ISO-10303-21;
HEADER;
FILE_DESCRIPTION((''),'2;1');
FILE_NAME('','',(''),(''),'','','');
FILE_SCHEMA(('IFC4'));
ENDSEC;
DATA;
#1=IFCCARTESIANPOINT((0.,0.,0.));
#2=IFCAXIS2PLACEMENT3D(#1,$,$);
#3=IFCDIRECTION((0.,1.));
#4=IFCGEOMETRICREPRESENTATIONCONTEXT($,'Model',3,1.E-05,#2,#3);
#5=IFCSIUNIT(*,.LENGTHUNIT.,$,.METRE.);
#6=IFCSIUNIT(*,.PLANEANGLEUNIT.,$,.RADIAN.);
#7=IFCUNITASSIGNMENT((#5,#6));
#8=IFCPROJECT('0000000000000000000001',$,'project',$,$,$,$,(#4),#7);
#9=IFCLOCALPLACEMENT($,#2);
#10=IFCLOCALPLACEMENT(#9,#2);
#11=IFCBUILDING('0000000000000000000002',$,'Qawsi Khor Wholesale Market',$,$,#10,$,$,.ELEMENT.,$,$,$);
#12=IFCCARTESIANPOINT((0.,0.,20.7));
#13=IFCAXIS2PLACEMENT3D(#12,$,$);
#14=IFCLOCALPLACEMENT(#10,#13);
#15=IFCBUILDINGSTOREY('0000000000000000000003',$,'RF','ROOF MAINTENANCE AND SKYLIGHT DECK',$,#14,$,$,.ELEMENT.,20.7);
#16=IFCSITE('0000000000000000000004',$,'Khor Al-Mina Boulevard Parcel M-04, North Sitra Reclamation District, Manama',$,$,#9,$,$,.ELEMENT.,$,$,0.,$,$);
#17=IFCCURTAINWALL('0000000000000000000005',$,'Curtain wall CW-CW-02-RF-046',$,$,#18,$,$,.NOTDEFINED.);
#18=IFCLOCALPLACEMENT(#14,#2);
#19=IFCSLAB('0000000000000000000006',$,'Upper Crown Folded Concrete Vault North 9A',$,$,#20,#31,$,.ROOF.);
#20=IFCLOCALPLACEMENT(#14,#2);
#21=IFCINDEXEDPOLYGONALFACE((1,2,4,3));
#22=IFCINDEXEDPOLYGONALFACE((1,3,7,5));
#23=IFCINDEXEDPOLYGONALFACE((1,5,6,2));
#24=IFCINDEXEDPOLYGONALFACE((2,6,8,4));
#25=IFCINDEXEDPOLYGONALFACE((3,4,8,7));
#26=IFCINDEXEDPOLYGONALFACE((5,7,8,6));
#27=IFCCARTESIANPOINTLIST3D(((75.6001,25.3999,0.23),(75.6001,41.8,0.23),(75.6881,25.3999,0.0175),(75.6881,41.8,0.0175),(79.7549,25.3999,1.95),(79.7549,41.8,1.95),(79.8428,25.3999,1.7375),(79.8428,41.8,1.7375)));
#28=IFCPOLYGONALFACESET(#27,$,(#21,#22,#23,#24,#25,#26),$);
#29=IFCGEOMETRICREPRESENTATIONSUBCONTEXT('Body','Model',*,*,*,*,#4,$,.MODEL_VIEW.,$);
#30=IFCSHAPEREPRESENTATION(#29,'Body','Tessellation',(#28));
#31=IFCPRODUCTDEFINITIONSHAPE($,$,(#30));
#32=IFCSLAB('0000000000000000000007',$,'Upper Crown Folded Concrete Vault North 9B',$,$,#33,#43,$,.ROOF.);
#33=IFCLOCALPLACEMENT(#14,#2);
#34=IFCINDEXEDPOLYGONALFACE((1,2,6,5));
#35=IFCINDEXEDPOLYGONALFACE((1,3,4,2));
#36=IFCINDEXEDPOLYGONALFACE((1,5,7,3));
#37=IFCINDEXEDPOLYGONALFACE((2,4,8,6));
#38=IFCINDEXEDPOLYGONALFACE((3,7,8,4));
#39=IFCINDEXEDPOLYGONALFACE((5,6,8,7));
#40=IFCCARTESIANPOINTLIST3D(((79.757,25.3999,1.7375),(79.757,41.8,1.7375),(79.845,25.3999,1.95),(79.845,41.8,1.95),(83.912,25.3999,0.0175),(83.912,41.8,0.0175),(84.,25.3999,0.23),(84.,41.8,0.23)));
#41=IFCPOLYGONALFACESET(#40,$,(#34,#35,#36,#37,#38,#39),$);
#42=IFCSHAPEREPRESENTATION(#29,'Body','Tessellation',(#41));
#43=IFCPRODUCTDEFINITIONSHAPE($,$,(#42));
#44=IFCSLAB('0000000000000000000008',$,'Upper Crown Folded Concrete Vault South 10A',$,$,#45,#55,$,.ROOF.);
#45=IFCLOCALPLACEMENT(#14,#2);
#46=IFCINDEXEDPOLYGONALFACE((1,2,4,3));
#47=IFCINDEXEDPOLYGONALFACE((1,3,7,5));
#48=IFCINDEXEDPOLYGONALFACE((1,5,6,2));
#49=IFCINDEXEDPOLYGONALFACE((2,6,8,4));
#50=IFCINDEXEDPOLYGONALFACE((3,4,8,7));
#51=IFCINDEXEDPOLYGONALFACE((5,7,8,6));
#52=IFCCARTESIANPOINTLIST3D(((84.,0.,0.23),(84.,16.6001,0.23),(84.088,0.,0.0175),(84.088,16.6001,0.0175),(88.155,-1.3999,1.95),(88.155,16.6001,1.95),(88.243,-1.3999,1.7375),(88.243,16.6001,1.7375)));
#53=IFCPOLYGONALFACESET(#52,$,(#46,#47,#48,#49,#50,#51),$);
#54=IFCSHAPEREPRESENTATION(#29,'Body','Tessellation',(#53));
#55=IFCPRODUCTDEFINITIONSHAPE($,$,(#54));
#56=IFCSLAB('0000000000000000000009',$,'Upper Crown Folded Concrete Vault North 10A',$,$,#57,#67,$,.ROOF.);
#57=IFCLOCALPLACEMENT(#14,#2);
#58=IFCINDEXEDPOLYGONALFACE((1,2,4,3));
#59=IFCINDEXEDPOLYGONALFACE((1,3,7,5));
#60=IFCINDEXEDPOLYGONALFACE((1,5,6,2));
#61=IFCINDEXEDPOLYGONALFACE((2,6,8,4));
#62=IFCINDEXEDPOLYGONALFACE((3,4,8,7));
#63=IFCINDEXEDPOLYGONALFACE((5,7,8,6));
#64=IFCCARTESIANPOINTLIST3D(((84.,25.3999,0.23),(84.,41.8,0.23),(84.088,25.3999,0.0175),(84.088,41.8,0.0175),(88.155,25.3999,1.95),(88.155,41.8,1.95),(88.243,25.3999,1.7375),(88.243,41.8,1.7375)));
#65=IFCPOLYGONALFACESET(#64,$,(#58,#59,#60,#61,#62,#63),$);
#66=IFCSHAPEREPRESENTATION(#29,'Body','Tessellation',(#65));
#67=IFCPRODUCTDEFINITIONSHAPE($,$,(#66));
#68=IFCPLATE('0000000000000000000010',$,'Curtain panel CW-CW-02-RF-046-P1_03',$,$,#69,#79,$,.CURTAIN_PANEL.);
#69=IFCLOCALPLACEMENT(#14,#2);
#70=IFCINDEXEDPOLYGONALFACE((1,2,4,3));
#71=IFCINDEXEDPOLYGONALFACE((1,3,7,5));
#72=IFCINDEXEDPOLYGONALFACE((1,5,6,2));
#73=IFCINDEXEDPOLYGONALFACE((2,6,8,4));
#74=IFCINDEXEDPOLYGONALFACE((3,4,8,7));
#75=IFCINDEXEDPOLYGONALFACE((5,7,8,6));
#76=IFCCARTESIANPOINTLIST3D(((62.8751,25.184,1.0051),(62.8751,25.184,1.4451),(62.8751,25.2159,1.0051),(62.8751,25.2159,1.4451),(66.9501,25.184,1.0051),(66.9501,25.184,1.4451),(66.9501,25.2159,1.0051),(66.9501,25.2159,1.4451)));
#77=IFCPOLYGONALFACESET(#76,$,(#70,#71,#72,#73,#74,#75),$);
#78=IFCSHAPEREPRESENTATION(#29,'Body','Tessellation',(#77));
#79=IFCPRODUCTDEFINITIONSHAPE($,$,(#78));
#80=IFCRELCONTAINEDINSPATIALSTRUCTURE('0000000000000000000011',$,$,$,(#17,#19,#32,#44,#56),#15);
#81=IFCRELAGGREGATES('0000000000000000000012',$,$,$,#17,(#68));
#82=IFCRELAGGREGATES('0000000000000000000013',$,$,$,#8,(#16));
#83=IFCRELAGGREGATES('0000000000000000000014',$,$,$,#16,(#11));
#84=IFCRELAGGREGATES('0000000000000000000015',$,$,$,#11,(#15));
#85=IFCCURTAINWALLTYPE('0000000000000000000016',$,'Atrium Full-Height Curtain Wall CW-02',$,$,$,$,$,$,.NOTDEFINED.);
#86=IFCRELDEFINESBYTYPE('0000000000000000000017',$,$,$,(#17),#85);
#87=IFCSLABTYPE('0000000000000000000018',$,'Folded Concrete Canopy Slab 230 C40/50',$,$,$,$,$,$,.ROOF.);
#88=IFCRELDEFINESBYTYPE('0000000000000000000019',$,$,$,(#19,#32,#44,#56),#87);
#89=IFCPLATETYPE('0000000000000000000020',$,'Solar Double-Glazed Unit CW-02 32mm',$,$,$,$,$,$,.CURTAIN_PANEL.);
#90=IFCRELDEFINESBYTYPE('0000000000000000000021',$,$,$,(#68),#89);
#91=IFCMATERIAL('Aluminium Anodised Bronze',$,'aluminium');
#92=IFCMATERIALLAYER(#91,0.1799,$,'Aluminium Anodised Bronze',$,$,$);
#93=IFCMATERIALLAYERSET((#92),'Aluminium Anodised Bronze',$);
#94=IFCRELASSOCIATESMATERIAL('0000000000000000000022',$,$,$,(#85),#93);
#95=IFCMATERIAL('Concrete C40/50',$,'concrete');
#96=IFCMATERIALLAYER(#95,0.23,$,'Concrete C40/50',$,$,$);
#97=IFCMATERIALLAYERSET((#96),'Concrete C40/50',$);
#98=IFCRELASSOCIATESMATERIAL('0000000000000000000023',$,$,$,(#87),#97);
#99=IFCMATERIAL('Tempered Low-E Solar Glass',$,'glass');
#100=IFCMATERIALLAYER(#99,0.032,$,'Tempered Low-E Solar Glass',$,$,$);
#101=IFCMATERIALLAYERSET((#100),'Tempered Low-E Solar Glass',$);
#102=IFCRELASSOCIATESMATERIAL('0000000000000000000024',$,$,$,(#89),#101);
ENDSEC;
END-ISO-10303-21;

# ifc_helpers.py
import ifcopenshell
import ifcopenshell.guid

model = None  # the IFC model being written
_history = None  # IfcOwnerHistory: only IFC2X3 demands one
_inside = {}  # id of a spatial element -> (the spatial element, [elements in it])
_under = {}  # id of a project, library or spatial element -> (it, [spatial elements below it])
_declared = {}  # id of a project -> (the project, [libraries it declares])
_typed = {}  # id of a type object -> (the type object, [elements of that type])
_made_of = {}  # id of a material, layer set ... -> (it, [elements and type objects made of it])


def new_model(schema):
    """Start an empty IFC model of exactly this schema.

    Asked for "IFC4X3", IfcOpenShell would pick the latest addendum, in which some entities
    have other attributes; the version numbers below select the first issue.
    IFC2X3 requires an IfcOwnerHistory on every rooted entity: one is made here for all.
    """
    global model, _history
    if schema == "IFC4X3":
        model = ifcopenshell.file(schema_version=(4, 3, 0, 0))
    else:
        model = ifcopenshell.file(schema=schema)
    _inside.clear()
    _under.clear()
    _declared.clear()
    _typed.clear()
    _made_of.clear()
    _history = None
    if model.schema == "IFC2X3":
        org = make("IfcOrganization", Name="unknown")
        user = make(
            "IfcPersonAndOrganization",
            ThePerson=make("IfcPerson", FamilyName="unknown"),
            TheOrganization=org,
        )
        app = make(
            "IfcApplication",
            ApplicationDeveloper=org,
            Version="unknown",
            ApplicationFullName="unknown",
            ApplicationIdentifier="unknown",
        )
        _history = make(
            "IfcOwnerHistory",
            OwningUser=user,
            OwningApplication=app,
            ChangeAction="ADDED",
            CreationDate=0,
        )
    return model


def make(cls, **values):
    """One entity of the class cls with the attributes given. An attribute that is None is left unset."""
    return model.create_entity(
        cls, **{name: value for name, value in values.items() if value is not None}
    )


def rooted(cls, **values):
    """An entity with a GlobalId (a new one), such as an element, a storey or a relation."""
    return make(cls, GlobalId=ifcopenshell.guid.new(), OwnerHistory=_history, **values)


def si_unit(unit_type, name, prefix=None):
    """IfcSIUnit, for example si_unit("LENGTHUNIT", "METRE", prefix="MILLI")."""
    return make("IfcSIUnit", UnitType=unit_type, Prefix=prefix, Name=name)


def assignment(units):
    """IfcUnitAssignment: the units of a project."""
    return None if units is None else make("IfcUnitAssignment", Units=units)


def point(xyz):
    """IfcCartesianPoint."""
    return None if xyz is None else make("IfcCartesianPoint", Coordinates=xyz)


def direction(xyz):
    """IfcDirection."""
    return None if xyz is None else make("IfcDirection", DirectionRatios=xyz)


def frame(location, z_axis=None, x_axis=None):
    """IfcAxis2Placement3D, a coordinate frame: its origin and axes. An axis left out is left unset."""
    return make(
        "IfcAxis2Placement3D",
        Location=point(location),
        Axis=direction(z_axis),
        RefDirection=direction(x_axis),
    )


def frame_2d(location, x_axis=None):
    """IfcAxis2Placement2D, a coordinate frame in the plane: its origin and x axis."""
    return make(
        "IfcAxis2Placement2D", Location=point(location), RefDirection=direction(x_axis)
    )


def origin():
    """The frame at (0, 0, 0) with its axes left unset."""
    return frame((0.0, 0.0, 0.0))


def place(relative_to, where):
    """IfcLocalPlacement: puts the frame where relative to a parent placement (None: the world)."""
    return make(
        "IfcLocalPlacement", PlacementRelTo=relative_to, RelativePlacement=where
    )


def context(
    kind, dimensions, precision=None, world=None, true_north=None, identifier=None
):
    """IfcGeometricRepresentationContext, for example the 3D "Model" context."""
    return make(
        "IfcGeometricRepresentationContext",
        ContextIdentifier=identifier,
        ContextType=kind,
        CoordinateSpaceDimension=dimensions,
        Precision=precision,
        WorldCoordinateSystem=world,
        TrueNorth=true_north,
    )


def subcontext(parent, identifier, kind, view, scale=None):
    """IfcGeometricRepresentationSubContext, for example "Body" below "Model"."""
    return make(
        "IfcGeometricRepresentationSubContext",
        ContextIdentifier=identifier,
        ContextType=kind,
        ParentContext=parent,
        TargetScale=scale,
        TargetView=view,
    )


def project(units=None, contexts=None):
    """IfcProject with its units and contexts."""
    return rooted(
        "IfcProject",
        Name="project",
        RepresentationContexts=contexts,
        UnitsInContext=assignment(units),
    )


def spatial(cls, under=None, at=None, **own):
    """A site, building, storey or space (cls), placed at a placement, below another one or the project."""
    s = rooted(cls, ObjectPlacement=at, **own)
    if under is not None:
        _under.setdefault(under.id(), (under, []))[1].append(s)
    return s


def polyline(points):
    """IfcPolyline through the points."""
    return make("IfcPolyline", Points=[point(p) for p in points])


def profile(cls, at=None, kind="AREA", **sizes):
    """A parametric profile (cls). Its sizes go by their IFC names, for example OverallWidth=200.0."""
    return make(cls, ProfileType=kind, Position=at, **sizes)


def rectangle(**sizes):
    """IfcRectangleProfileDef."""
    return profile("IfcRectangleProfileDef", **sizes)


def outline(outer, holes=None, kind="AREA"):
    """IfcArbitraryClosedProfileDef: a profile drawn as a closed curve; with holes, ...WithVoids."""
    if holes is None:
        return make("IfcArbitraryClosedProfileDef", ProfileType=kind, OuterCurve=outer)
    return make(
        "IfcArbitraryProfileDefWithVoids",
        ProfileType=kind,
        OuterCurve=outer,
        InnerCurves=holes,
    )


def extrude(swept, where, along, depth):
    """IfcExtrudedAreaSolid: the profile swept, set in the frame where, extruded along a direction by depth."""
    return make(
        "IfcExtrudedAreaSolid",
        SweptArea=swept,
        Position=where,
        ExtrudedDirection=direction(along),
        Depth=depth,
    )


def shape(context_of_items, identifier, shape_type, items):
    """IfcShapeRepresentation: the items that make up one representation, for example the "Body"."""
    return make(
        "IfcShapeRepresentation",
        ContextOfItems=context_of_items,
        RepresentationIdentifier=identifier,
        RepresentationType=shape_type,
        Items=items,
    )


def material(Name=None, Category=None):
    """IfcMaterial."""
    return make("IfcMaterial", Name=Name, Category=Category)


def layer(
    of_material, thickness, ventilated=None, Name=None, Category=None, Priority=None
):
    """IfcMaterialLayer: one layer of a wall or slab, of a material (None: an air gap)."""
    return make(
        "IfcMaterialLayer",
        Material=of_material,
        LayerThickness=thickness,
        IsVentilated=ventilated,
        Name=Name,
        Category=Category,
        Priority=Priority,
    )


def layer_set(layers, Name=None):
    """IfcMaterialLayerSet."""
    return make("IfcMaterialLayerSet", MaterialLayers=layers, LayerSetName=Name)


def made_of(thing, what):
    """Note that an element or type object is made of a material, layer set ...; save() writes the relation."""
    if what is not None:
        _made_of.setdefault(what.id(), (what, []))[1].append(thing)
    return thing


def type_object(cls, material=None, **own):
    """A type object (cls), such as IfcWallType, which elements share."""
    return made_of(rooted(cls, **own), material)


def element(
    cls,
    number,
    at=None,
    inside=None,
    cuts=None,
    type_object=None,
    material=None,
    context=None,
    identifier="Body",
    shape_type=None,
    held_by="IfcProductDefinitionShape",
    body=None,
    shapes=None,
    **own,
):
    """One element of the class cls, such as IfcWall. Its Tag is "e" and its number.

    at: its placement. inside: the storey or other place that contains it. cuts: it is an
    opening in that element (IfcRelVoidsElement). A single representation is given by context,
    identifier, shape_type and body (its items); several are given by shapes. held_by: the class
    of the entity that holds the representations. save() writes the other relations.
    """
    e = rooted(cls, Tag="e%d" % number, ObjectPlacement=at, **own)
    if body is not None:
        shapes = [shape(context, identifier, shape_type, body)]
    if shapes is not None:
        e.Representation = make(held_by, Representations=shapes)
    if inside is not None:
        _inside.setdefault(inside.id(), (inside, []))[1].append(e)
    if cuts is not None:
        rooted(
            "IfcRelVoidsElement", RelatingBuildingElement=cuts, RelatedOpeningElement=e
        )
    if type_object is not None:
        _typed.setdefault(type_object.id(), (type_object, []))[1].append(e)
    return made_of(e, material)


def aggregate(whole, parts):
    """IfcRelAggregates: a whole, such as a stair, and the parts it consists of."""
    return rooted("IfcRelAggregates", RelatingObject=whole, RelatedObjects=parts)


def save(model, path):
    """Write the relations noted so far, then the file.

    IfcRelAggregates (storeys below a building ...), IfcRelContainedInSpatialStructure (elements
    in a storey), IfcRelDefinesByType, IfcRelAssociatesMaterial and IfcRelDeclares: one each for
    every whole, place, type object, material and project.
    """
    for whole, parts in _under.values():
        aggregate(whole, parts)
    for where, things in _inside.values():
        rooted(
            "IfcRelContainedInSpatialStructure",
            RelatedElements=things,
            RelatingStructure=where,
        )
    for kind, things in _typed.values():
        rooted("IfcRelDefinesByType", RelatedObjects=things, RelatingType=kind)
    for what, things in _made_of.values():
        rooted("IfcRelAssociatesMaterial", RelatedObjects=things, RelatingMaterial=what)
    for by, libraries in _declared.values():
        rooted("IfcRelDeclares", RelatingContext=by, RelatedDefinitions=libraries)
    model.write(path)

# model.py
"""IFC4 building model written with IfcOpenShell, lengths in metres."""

from ifc_helpers import new_model, si_unit, direction, frame, frame_2d, origin, place, context, subcontext, project, spatial, polyline, rectangle, outline, extrude, material, layer, layer_set, type_object, element, aggregate, save


model = new_model("IFC4")

# Units and contexts
model_context = context("Model", 3, precision=1e-05, world=origin(), true_north=direction((0.0, 1.0)))
body_context = subcontext(model_context, "Body", "Model", "MODEL_VIEW")
ifc_project = project(units=[si_unit("LENGTHUNIT", "METRE"), si_unit("PLANEANGLEUNIT", "RADIAN")], contexts=[model_context])

# Site, building, storey
site_placement = place(None, origin())
site = spatial("IfcSite", under=ifc_project, at=site_placement, Name="Khor Al-Mina Boulevard Parcel M-04, North Sitra Reclamation District, Manama", CompositionType="ELEMENT", RefElevation=0.0)
building_placement = place(site_placement, origin())
building = spatial("IfcBuilding", under=site, at=building_placement, Name="Qawsi Khor Wholesale Market", CompositionType="ELEMENT")
storey_placement = place(building_placement, frame((0.0, 0.0, 20.7)))
storey = spatial("IfcBuildingStorey", under=building, at=storey_placement, Name="RF", Description="ROOF MAINTENANCE AND SKYLIGHT DECK", CompositionType="ELEMENT", Elevation=20.7)

# Curtain wall
ifc_material_1 = material(Name="Aluminium Anodised Bronze", Category="aluminium")
ifc_layer_1 = layer(ifc_material_1, 0.1799, Name="Aluminium Anodised Bronze")
ifc_layer_set_1 = layer_set([ifc_layer_1], Name="Aluminium Anodised Bronze")
curtain_wall_type = type_object("IfcCurtainWallType", Name="Atrium Full-Height Curtain Wall CW-02", PredefinedType="NOTDEFINED", material=ifc_layer_set_1)
curtain_wall_1_placement = place(storey_placement, origin())
curtain_wall_1 = element("IfcCurtainWall", 1, at=curtain_wall_1_placement, inside=storey, type_object=curtain_wall_type, Name="Curtain wall CW-CW-02-RF-046", PredefinedType="NOTDEFINED")

# Slabs
ifc_material_2 = material(Name="Concrete C40/50", Category="concrete")
ifc_layer_2 = layer(ifc_material_2, 0.23, Name="Concrete C40/50")
ifc_layer_set_2 = layer_set([ifc_layer_2], Name="Concrete C40/50")
slab_type = type_object("IfcSlabType", Name="Folded Concrete Canopy Slab 230 C40/50", PredefinedType="ROOF", material=ifc_layer_set_2)
slab_1_placement = place(storey_placement, frame((75.6001, 25.3999, 0.23), z_axis=(-0.382494, 0.0, 0.923958), x_axis=(0.923958, 0.0, 0.382494)))
element("IfcSlab", 2, at=slab_1_placement, inside=storey, type_object=slab_type, Name="Upper Crown Folded Concrete Vault North 9A", PredefinedType="ROOF", context=body_context, shape_type="SweptSolid", body=[
    extrude(outline(polyline([(0.0, 0.0), (4.4967, 0.0), (4.4967, 16.4001), (0.0, 16.4001), (0.0, 0.0)])), origin(), (0.0, 0.0, -1.0), 0.23),
])
slab_2_placement = place(storey_placement, frame((79.845, 25.3999, 1.95), z_axis=(0.382475, 0.0, 0.923966), x_axis=(0.923966, 0.0, -0.382475)))
element("IfcSlab", 3, at=slab_2_placement, inside=storey, type_object=slab_type, Name="Upper Crown Folded Concrete Vault North 9B", PredefinedType="ROOF", context=body_context, shape_type="SweptSolid", body=[
    extrude(outline(polyline([(0.0, 0.0), (4.497, 0.0), (4.497, 16.4001), (0.0, 16.4001), (0.0, 0.0)])), origin(), (0.0, 0.0, -1.0), 0.23),
])
slab_3_placement = place(storey_placement, frame((84.0, 0.0, 0.23), z_axis=(-0.382475, 0.0, 0.923966), x_axis=(0.882208, -0.297231, 0.365189)))
element("IfcSlab", 4, at=slab_3_placement, inside=storey, type_object=slab_type, Name="Upper Crown Folded Concrete Vault South 10A", PredefinedType="ROOF", context=body_context, shape_type="SweptSolid", body=[
    extrude(outline(polyline([(0.0, 0.0), (4.7098, 0.0), (-0.6404, 17.1865), (-4.9341, 15.8499), (0.0, 0.0)])), origin(), (0.0, 0.0, -1.0), 0.23),
])
slab_4_placement = place(storey_placement, frame((84.0, 25.3999, 0.23), z_axis=(-0.382475, 0.0, 0.923966), x_axis=(0.923966, 0.0, 0.382475)))
element("IfcSlab", 5, at=slab_4_placement, inside=storey, type_object=slab_type, Name="Upper Crown Folded Concrete Vault North 10A", PredefinedType="ROOF", context=body_context, shape_type="SweptSolid", body=[
    extrude(outline(polyline([(0.0, 0.0), (4.497, 0.0), (4.497, 16.4001), (0.0, 16.4001), (0.0, 0.0)])), origin(), (0.0, 0.0, -1.0), 0.23),
])

# Plate
ifc_material_3 = material(Name="Tempered Low-E Solar Glass", Category="glass")
ifc_layer_3 = layer(ifc_material_3, 0.032, Name="Tempered Low-E Solar Glass")
ifc_layer_set_3 = layer_set([ifc_layer_3], Name="Tempered Low-E Solar Glass")
plate_type = type_object("IfcPlateType", Name="Solar Double-Glazed Unit CW-02 32mm", PredefinedType="CURTAIN_PANEL", material=ifc_layer_set_3)
plate_placement = place(storey_placement, frame((62.875, 25.2, 1.0051), z_axis=(0.0, 0.0, 1.0), x_axis=(1.0, 0.0, 0.0)))
plate = element("IfcPlate", 6, at=plate_placement, type_object=plate_type, Name="Curtain panel CW-CW-02-RF-046-P1_03", PredefinedType="CURTAIN_PANEL", context=body_context, shape_type="SweptSolid", body=[
    extrude(rectangle(XDim=4.075, YDim=0.032, at=frame_2d((2.0376, 0.0))), origin(), (0.0, 0.0, 1.0), 0.4399),
])
aggregate(curtain_wall_1, [plate])

save(model, "model.ifc")
